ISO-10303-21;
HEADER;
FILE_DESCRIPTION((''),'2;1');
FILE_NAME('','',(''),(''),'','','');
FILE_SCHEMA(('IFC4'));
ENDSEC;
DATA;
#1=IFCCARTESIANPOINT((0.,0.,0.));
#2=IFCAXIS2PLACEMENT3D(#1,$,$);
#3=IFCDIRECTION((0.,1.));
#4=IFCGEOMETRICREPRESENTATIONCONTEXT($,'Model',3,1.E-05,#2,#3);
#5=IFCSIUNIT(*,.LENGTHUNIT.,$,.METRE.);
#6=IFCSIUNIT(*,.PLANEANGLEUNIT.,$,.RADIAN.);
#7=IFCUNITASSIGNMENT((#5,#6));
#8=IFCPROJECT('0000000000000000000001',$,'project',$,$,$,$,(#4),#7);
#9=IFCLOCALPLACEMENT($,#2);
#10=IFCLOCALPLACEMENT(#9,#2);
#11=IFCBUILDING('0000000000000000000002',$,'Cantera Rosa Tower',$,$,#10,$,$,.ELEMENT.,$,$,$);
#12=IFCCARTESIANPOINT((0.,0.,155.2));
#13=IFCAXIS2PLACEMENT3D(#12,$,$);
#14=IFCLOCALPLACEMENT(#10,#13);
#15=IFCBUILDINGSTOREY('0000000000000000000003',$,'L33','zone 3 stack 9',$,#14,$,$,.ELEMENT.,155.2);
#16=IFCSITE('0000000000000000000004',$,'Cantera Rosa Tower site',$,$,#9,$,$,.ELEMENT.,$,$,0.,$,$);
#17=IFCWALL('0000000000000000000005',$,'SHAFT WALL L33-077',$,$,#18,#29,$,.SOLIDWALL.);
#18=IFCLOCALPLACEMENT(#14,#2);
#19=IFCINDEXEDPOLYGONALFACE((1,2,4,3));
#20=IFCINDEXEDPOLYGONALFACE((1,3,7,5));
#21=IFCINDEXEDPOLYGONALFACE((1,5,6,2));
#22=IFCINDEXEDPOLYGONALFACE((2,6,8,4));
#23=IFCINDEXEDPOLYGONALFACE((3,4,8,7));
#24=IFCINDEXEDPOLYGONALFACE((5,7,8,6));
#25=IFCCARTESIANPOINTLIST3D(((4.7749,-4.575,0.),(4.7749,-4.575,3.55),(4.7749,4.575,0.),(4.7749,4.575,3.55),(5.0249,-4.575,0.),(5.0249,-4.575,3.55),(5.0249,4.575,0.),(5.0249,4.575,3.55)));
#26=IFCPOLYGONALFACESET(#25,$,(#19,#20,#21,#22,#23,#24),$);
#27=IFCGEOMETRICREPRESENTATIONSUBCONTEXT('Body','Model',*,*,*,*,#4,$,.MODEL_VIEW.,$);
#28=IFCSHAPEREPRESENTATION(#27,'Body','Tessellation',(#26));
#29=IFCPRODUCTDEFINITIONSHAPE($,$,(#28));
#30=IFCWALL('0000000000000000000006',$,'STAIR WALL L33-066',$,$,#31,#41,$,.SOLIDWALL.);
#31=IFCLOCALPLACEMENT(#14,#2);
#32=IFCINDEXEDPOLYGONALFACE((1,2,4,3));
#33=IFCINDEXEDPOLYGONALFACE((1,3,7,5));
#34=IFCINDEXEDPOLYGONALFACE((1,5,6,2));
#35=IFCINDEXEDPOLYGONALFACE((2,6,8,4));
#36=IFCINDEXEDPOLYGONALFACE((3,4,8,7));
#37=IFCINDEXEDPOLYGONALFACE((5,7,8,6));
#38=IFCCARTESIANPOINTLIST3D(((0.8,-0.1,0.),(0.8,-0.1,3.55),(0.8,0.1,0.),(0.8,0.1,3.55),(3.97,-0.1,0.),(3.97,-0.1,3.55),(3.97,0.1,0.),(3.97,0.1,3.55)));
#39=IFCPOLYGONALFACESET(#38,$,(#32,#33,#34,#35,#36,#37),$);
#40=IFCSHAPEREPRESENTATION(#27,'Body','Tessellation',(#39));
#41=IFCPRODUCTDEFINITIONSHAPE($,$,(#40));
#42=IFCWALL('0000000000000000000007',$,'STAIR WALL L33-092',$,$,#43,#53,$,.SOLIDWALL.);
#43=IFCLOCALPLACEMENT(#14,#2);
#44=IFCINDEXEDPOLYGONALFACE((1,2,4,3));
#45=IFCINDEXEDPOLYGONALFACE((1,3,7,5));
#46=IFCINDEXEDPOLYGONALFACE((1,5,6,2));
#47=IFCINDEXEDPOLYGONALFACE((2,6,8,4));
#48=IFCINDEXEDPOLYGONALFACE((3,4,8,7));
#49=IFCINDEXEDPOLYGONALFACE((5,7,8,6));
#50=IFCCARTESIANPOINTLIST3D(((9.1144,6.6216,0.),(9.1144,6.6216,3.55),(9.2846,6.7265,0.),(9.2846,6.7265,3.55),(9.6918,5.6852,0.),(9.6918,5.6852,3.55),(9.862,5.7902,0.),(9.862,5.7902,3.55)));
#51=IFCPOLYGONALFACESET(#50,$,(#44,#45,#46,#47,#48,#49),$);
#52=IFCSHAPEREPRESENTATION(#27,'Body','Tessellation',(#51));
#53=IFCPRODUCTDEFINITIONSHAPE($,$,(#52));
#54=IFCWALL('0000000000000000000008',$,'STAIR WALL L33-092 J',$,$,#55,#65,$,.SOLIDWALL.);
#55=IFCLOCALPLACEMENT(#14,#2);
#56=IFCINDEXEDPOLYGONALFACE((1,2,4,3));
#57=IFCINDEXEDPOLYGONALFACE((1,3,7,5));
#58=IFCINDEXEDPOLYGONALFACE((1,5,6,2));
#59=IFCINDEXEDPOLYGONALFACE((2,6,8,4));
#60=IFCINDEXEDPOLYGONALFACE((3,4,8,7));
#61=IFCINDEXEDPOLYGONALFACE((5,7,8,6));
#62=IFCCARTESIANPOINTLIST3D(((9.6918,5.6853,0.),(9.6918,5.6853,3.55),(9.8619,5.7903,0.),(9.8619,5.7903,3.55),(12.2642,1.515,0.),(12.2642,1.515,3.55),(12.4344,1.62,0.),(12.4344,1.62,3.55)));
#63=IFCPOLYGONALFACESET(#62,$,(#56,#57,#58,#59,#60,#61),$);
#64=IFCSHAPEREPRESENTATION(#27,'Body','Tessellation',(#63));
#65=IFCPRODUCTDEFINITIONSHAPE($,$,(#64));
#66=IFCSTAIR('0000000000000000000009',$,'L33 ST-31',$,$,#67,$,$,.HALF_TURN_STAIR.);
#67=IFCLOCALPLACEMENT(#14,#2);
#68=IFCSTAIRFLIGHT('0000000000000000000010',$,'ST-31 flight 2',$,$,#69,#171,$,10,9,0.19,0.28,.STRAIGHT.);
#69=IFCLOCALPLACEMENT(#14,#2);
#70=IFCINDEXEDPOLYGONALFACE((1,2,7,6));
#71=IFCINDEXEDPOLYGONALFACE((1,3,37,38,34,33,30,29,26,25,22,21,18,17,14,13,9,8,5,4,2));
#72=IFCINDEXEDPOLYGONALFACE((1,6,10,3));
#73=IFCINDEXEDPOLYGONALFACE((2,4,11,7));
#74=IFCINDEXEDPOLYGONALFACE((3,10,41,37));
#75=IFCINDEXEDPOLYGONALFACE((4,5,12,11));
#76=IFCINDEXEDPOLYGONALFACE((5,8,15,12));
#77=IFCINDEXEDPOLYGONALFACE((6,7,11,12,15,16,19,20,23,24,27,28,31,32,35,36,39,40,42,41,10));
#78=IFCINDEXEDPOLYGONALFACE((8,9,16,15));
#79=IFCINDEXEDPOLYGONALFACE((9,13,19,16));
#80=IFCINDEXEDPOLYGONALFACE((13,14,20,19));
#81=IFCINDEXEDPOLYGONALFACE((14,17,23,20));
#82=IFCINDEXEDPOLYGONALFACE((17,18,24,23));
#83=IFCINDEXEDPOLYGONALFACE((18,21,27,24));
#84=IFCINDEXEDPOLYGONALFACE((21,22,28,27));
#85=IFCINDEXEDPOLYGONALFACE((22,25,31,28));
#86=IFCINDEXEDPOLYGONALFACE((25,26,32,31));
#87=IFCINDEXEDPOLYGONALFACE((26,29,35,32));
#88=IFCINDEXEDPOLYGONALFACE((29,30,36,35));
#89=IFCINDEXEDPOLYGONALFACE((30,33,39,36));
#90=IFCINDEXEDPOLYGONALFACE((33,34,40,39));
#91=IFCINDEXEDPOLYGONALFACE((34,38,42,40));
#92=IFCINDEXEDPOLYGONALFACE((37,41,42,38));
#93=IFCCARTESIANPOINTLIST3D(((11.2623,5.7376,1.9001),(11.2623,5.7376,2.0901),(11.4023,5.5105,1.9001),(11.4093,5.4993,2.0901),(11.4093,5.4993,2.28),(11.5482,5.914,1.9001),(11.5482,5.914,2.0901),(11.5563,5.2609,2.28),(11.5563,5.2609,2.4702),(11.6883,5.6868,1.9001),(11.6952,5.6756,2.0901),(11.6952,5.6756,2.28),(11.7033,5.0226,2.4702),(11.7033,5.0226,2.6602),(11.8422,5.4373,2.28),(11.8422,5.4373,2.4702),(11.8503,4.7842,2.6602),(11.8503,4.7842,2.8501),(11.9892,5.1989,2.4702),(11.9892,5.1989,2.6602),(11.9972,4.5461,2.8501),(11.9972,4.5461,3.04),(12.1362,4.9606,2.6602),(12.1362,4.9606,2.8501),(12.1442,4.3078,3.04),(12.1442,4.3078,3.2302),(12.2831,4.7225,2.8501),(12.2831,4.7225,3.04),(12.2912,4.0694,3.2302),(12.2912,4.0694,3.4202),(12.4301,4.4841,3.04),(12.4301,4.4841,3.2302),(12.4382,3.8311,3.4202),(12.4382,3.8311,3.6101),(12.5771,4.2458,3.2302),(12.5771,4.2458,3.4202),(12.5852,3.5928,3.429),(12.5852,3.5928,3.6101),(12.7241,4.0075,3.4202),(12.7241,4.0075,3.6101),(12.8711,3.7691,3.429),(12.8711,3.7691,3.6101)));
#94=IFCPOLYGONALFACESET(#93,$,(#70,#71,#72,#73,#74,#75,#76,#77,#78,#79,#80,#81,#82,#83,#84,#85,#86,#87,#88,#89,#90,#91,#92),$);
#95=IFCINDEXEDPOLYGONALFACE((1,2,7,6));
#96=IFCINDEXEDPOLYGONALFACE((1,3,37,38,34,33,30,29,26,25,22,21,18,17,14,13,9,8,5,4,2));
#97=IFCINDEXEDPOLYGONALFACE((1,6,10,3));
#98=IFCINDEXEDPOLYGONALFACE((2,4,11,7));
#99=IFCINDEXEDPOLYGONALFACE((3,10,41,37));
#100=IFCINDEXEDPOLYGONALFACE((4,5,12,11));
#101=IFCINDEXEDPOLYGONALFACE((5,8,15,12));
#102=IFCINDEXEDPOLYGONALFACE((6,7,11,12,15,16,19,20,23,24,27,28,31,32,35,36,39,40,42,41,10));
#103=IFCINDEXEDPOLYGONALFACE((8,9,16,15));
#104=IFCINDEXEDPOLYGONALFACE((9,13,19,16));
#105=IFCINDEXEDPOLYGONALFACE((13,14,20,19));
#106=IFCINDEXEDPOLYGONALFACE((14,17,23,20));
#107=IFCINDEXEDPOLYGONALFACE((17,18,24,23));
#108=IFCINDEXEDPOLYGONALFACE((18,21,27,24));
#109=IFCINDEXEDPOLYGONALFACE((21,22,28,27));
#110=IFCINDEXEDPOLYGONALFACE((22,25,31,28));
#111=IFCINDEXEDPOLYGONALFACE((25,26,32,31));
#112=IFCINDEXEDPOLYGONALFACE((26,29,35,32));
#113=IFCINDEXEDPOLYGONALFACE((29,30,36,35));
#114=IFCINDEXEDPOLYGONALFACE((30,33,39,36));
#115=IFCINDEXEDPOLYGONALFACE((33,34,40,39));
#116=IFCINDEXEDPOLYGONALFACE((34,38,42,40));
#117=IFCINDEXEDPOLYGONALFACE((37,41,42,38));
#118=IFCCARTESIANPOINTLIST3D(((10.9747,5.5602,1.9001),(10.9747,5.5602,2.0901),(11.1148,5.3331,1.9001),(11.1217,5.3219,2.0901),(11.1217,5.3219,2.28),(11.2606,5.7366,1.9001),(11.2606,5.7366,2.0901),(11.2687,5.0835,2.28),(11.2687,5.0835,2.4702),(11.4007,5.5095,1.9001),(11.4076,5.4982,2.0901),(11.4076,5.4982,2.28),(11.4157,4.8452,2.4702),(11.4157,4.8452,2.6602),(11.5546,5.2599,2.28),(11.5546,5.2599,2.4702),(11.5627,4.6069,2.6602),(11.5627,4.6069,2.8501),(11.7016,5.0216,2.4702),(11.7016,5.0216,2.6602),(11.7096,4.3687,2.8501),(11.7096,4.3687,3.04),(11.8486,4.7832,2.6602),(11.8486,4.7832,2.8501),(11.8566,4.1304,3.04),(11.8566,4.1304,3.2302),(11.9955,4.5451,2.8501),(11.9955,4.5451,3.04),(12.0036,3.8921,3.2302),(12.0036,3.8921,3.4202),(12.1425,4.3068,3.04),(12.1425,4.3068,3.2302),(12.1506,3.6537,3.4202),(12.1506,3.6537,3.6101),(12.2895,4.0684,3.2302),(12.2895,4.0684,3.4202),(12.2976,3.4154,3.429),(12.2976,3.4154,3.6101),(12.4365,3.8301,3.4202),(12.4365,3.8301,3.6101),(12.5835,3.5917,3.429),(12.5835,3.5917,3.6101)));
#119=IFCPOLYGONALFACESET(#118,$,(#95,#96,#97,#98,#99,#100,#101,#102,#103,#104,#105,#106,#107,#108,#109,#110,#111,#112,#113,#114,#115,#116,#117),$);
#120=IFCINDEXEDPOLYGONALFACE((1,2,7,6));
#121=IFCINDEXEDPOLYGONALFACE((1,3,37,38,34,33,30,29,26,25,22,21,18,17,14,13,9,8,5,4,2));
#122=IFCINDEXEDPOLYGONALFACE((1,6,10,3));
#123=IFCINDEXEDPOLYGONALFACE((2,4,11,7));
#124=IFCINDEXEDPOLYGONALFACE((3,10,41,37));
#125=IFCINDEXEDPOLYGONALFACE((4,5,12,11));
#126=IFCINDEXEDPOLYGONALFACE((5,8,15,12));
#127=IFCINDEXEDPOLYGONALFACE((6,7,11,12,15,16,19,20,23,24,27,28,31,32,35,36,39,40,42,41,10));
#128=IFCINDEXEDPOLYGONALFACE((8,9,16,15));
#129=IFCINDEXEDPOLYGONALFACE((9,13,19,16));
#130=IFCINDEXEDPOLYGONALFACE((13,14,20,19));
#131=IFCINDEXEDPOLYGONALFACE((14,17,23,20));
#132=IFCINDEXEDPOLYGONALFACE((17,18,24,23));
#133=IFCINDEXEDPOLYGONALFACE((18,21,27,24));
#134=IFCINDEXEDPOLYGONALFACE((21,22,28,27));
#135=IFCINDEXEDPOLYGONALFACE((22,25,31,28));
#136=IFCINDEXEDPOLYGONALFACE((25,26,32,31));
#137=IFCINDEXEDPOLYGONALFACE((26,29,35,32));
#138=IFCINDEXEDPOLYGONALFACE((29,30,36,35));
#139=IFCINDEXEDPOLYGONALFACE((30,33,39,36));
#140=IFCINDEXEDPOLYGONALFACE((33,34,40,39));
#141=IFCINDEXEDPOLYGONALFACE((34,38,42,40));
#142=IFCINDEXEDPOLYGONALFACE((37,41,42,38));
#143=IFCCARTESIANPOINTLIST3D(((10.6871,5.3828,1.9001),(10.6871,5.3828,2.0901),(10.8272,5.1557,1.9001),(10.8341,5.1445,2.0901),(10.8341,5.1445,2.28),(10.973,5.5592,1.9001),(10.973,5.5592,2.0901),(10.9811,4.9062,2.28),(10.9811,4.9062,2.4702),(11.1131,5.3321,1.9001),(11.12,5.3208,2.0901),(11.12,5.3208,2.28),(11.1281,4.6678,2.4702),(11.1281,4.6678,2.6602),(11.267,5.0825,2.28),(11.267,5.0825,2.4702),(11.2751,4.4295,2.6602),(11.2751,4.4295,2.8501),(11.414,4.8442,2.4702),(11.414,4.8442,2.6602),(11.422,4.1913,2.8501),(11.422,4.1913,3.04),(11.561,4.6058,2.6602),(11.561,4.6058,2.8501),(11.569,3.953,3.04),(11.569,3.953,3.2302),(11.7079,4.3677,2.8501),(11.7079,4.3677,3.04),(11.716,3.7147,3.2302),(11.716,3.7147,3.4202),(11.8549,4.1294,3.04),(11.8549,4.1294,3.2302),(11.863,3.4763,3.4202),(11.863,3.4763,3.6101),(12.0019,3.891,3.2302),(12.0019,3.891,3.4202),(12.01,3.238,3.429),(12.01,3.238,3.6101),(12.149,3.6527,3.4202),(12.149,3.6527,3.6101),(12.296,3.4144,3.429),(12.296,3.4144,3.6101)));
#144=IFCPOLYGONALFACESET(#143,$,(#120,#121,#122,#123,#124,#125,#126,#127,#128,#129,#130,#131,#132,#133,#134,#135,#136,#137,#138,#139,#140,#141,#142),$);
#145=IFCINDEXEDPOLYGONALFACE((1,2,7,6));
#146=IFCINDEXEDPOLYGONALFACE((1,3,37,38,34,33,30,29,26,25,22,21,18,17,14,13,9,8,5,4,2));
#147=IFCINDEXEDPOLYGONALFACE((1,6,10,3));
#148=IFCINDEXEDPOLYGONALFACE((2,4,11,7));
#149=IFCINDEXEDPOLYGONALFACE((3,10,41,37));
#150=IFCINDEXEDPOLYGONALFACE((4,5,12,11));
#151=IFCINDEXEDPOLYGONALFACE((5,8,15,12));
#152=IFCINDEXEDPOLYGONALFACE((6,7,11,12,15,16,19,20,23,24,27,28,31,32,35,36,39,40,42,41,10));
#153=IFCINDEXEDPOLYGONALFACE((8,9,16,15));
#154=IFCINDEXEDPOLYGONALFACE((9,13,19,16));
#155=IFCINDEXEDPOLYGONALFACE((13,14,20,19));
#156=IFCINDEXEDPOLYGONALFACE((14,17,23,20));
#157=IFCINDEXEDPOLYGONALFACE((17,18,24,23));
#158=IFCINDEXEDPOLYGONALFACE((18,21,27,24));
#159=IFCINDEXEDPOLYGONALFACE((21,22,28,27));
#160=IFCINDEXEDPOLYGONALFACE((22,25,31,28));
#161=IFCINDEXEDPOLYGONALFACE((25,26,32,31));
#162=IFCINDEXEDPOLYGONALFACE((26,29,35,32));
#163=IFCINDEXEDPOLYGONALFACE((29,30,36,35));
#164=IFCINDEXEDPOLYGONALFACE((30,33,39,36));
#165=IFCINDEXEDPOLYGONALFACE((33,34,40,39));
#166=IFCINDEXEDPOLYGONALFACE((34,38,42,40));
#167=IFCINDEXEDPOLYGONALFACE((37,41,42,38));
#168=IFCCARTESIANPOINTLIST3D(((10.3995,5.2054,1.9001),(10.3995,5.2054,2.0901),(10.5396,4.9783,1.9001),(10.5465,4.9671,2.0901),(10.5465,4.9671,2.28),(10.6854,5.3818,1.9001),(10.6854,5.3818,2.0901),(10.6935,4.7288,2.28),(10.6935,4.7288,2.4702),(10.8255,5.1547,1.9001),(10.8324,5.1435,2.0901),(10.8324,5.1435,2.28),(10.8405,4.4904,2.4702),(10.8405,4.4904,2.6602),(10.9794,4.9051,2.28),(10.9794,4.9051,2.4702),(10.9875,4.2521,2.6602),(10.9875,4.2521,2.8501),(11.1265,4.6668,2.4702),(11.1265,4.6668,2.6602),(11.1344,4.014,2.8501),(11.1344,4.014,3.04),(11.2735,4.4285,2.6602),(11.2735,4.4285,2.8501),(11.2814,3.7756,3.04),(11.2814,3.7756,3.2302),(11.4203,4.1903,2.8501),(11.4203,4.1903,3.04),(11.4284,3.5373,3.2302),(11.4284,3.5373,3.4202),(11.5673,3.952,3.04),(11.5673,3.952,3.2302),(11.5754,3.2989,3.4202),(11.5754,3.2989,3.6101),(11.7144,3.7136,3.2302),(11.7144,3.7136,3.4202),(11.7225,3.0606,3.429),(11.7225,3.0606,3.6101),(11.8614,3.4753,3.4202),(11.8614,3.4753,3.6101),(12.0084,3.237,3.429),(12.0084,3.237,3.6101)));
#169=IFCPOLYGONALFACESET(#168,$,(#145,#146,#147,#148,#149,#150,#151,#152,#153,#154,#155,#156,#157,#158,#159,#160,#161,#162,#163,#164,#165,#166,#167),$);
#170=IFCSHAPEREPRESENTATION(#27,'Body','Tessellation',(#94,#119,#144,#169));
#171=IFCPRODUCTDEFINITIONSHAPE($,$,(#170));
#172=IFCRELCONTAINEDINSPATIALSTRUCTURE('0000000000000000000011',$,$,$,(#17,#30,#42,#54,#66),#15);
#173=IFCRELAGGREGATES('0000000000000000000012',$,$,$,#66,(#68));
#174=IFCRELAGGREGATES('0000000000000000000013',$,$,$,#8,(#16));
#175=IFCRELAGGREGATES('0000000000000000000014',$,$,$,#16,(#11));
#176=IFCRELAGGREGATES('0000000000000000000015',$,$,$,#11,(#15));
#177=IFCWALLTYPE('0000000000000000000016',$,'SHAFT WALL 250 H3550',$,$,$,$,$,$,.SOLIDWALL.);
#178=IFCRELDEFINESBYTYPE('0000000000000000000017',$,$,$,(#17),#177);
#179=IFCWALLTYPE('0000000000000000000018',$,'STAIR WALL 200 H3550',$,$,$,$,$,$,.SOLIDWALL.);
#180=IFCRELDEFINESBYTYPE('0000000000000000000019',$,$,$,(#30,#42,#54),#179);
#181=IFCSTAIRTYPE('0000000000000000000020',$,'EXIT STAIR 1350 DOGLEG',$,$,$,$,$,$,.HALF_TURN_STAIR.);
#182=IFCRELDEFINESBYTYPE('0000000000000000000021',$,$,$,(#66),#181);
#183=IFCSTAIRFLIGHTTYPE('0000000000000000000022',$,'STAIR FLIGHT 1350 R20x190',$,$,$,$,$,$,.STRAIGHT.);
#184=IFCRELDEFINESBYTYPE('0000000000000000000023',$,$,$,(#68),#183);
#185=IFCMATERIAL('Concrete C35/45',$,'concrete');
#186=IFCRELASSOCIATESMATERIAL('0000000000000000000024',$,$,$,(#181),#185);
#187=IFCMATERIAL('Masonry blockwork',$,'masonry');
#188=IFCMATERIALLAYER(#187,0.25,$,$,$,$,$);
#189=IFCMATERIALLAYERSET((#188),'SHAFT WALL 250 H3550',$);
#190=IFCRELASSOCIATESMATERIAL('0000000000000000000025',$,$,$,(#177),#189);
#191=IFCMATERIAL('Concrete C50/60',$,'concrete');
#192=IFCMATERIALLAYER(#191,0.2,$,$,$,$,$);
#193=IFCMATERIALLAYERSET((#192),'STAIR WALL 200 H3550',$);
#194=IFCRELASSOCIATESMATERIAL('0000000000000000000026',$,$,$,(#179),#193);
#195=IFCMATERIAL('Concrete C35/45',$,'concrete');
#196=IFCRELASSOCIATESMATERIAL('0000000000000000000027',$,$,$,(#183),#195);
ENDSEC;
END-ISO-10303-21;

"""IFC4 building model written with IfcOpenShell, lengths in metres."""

from ifc_helpers import new_model, si_unit, direction, frame, frame_2d, origin, place, context, subcontext, project, spatial, polyline, rectangle, outline, extrude, material, layer, layer_set, type_object, element, aggregate, save


model = new_model("IFC4")

# Units and contexts
model_context = context("Model", 3, precision=1e-05, world=origin(), true_north=direction((0.0, 1.0)))
body_context = subcontext(model_context, "Body", "Model", "MODEL_VIEW")
ifc_project = project(units=[si_unit("LENGTHUNIT", "METRE"), si_unit("PLANEANGLEUNIT", "RADIAN")], contexts=[model_context])

# Site, building, storey
site_placement = place(None, origin())
site = spatial("IfcSite", under=ifc_project, at=site_placement, Name="Cantera Rosa Tower site", CompositionType="ELEMENT", RefElevation=0.0)
building_placement = place(site_placement, origin())
building = spatial("IfcBuilding", under=site, at=building_placement, Name="Cantera Rosa Tower", CompositionType="ELEMENT")
storey_placement = place(building_placement, frame((0.0, 0.0, 155.2)))
storey = spatial("IfcBuildingStorey", under=building, at=storey_placement, Name="L33", Description="zone 3 stack 9", CompositionType="ELEMENT", Elevation=155.2)

# Shared definitions
ifc_material_1 = material(Name="Concrete C35/45", Category="concrete")
stair_type = type_object("IfcStairType", Name="EXIT STAIR 1350 DOGLEG", PredefinedType="HALF_TURN_STAIR", material=ifc_material_1)

# Walls
ifc_material_2 = material(Name="Masonry blockwork", Category="masonry")
ifc_layer_1 = layer(ifc_material_2, 0.25)
ifc_layer_set_1 = layer_set([ifc_layer_1], Name="SHAFT WALL 250 H3550")
wall_type_1 = type_object("IfcWallType", Name="SHAFT WALL 250 H3550", PredefinedType="SOLIDWALL", material=ifc_layer_set_1)
wall_1_placement = place(storey_placement, frame((4.8999, 4.575, 0.0), z_axis=(0.0, 0.0, 1.0), x_axis=(0.0, -1.0, 0.0)))
element("IfcWall", 1, at=wall_1_placement, inside=storey, type_object=wall_type_1, Name="SHAFT WALL L33-077", PredefinedType="SOLIDWALL", context=body_context, shape_type="SweptSolid", body=[
    extrude(rectangle(XDim=9.1499, YDim=0.25, at=frame_2d((4.575, 0.0))), origin(), (0.0, 0.0, 1.0), 3.55),
])
ifc_material_3 = material(Name="Concrete C50/60", Category="concrete")
ifc_layer_2 = layer(ifc_material_3, 0.2)
ifc_layer_set_2 = layer_set([ifc_layer_2], Name="STAIR WALL 200 H3550")
wall_type_2 = type_object("IfcWallType", Name="STAIR WALL 200 H3550", PredefinedType="SOLIDWALL", material=ifc_layer_set_2)
wall_2_placement = place(storey_placement, frame((0.8, 0.0, 0.0), z_axis=(0.0, 0.0, 1.0), x_axis=(1.0, 0.0, 0.0)))
element("IfcWall", 2, at=wall_2_placement, inside=storey, type_object=wall_type_2, Name="STAIR WALL L33-066", PredefinedType="SOLIDWALL", context=body_context, shape_type="SweptSolid", body=[
    extrude(rectangle(XDim=3.1699, YDim=0.2, at=frame_2d((1.585, 0.0))), origin(), (0.0, 0.0, 1.0), 3.55),
])
wall_3_placement = place(storey_placement, frame((9.1995, 6.6741, 0.0), z_axis=(0.0, 0.0, 1.0), x_axis=(0.524902, -0.851163, 0.0)))
element("IfcWall", 3, at=wall_3_placement, inside=storey, type_object=wall_type_2, Name="STAIR WALL L33-092", PredefinedType="SOLIDWALL", context=body_context, shape_type="SweptSolid", body=[
    extrude(rectangle(XDim=1.1001, YDim=0.2, at=frame_2d((0.55, 0.0))), origin(), (0.0, 0.0, 1.0), 3.55),
])
wall_4_placement = place(storey_placement, frame((9.7769, 5.7378, 0.0), z_axis=(0.0, 0.0, 1.0), x_axis=(0.525001, -0.851102, 0.0)))
element("IfcWall", 4, at=wall_4_placement, inside=storey, type_object=wall_type_2, Name="STAIR WALL L33-092 J", PredefinedType="SOLIDWALL", context=body_context, shape_type="SweptSolid", body=[
    extrude(rectangle(XDim=4.8999, YDim=0.2, at=frame_2d((2.45, 0.0))), origin(), (0.0, 0.0, 1.0), 3.55),
])

# Stair, stair flight
stair_1_placement = place(storey_placement, origin())
stair_1 = element("IfcStair", 5, at=stair_1_placement, inside=storey, type_object=stair_type, Name="L33 ST-31", PredefinedType="HALF_TURN_STAIR")
ifc_material_4 = material(Name="Concrete C35/45", Category="concrete")
stair_flight_type = type_object("IfcStairFlightType", Name="STAIR FLIGHT 1350 R20x190", PredefinedType="STRAIGHT", material=ifc_material_4)
stair_flight_placement = place(storey_placement, frame((10.9736, 5.5596, 1.9001), z_axis=(0.0, 0.0, 1.0), x_axis=(0.524977, -0.851117, 0.0)))
stair_flight = element("IfcStairFlight", 6, at=stair_flight_placement, type_object=stair_flight_type, Name="ST-31 flight 2", NumberOfRisers=10, NumberOfTreads=9, PredefinedType="STRAIGHT", RiserHeight=0.19, TreadLength=0.28, context=body_context, shape_type="SweptSolid", body=[
    extrude(outline(polyline([(0.0, 0.0), (0.0, 0.1899), (0.28, 0.1899), (0.28, 0.3799), (0.5601, 0.3799), (0.5601, 0.5701), (0.8401, 0.5701), (0.8401, 0.76), (1.1201, 0.76), (1.1201, 0.95), (1.3999, 0.95), (1.3999, 1.1399), (1.6799, 1.1399), (1.6799, 1.3301), (1.96, 1.3301), (1.96, 1.52), (2.24, 1.52), (2.24, 1.71), (2.52, 1.71), (2.52, 1.8999), (2.52, 1.5288), (0.2668, 0.0), (0.0, 0.0)])), frame((0.0, 0.675, 0.0), z_axis=(0.0, -1.0, 0.0), x_axis=(1.0, 0.0, 0.0)), (0.0, 0.0, 1.0), 0.3359),
    extrude(outline(polyline([(0.0, 0.0), (0.0, 0.1899), (0.28, 0.1899), (0.28, 0.3799), (0.5601, 0.3799), (0.5601, 0.5701), (0.8401, 0.5701), (0.8401, 0.76), (1.1201, 0.76), (1.1201, 0.95), (1.3999, 0.95), (1.3999, 1.1399), (1.6799, 1.1399), (1.6799, 1.3301), (1.96, 1.3301), (1.96, 1.52), (2.24, 1.52), (2.24, 1.71), (2.52, 1.71), (2.52, 1.8999), (2.52, 1.5288), (0.2668, 0.0), (0.0, 0.0)])), frame((0.0, 0.3372, 0.0), z_axis=(0.0, -1.0, 0.0), x_axis=(1.0, 0.0, 0.0)), (0.0, 0.0, 1.0), 0.3359),
    extrude(outline(polyline([(0.0, 0.0), (0.0, 0.1899), (0.28, 0.1899), (0.28, 0.3799), (0.5601, 0.3799), (0.5601, 0.5701), (0.8401, 0.5701), (0.8401, 0.76), (1.1201, 0.76), (1.1201, 0.95), (1.3999, 0.95), (1.3999, 1.1399), (1.6799, 1.1399), (1.6799, 1.3301), (1.96, 1.3301), (1.96, 1.52), (2.24, 1.52), (2.24, 1.71), (2.52, 1.71), (2.52, 1.8999), (2.52, 1.5288), (0.2668, 0.0), (0.0, 0.0)])), frame((0.0, -0.0007, 0.0), z_axis=(0.0, -1.0, 0.0), x_axis=(1.0, 0.0, 0.0)), (0.0, 0.0, 1.0), 0.3359),
    extrude(outline(polyline([(0.0, 0.0), (0.0, 0.1899), (0.28, 0.1899), (0.28, 0.3799), (0.5601, 0.3799), (0.5601, 0.5701), (0.8401, 0.5701), (0.8401, 0.76), (1.1201, 0.76), (1.1201, 0.95), (1.3999, 0.95), (1.3999, 1.1399), (1.6799, 1.1399), (1.6799, 1.3301), (1.96, 1.3301), (1.96, 1.52), (2.24, 1.52), (2.24, 1.71), (2.52, 1.71), (2.52, 1.8999), (2.52, 1.5288), (0.2668, 0.0), (0.0, 0.0)])), frame((0.0, -0.3386, 0.0), z_axis=(0.0, -1.0, 0.0), x_axis=(1.0, 0.0, 0.0)), (0.0, 0.0, 1.0), 0.3359),
])
aggregate(stair_1, [stair_flight])

save(model, "model.ifc")
